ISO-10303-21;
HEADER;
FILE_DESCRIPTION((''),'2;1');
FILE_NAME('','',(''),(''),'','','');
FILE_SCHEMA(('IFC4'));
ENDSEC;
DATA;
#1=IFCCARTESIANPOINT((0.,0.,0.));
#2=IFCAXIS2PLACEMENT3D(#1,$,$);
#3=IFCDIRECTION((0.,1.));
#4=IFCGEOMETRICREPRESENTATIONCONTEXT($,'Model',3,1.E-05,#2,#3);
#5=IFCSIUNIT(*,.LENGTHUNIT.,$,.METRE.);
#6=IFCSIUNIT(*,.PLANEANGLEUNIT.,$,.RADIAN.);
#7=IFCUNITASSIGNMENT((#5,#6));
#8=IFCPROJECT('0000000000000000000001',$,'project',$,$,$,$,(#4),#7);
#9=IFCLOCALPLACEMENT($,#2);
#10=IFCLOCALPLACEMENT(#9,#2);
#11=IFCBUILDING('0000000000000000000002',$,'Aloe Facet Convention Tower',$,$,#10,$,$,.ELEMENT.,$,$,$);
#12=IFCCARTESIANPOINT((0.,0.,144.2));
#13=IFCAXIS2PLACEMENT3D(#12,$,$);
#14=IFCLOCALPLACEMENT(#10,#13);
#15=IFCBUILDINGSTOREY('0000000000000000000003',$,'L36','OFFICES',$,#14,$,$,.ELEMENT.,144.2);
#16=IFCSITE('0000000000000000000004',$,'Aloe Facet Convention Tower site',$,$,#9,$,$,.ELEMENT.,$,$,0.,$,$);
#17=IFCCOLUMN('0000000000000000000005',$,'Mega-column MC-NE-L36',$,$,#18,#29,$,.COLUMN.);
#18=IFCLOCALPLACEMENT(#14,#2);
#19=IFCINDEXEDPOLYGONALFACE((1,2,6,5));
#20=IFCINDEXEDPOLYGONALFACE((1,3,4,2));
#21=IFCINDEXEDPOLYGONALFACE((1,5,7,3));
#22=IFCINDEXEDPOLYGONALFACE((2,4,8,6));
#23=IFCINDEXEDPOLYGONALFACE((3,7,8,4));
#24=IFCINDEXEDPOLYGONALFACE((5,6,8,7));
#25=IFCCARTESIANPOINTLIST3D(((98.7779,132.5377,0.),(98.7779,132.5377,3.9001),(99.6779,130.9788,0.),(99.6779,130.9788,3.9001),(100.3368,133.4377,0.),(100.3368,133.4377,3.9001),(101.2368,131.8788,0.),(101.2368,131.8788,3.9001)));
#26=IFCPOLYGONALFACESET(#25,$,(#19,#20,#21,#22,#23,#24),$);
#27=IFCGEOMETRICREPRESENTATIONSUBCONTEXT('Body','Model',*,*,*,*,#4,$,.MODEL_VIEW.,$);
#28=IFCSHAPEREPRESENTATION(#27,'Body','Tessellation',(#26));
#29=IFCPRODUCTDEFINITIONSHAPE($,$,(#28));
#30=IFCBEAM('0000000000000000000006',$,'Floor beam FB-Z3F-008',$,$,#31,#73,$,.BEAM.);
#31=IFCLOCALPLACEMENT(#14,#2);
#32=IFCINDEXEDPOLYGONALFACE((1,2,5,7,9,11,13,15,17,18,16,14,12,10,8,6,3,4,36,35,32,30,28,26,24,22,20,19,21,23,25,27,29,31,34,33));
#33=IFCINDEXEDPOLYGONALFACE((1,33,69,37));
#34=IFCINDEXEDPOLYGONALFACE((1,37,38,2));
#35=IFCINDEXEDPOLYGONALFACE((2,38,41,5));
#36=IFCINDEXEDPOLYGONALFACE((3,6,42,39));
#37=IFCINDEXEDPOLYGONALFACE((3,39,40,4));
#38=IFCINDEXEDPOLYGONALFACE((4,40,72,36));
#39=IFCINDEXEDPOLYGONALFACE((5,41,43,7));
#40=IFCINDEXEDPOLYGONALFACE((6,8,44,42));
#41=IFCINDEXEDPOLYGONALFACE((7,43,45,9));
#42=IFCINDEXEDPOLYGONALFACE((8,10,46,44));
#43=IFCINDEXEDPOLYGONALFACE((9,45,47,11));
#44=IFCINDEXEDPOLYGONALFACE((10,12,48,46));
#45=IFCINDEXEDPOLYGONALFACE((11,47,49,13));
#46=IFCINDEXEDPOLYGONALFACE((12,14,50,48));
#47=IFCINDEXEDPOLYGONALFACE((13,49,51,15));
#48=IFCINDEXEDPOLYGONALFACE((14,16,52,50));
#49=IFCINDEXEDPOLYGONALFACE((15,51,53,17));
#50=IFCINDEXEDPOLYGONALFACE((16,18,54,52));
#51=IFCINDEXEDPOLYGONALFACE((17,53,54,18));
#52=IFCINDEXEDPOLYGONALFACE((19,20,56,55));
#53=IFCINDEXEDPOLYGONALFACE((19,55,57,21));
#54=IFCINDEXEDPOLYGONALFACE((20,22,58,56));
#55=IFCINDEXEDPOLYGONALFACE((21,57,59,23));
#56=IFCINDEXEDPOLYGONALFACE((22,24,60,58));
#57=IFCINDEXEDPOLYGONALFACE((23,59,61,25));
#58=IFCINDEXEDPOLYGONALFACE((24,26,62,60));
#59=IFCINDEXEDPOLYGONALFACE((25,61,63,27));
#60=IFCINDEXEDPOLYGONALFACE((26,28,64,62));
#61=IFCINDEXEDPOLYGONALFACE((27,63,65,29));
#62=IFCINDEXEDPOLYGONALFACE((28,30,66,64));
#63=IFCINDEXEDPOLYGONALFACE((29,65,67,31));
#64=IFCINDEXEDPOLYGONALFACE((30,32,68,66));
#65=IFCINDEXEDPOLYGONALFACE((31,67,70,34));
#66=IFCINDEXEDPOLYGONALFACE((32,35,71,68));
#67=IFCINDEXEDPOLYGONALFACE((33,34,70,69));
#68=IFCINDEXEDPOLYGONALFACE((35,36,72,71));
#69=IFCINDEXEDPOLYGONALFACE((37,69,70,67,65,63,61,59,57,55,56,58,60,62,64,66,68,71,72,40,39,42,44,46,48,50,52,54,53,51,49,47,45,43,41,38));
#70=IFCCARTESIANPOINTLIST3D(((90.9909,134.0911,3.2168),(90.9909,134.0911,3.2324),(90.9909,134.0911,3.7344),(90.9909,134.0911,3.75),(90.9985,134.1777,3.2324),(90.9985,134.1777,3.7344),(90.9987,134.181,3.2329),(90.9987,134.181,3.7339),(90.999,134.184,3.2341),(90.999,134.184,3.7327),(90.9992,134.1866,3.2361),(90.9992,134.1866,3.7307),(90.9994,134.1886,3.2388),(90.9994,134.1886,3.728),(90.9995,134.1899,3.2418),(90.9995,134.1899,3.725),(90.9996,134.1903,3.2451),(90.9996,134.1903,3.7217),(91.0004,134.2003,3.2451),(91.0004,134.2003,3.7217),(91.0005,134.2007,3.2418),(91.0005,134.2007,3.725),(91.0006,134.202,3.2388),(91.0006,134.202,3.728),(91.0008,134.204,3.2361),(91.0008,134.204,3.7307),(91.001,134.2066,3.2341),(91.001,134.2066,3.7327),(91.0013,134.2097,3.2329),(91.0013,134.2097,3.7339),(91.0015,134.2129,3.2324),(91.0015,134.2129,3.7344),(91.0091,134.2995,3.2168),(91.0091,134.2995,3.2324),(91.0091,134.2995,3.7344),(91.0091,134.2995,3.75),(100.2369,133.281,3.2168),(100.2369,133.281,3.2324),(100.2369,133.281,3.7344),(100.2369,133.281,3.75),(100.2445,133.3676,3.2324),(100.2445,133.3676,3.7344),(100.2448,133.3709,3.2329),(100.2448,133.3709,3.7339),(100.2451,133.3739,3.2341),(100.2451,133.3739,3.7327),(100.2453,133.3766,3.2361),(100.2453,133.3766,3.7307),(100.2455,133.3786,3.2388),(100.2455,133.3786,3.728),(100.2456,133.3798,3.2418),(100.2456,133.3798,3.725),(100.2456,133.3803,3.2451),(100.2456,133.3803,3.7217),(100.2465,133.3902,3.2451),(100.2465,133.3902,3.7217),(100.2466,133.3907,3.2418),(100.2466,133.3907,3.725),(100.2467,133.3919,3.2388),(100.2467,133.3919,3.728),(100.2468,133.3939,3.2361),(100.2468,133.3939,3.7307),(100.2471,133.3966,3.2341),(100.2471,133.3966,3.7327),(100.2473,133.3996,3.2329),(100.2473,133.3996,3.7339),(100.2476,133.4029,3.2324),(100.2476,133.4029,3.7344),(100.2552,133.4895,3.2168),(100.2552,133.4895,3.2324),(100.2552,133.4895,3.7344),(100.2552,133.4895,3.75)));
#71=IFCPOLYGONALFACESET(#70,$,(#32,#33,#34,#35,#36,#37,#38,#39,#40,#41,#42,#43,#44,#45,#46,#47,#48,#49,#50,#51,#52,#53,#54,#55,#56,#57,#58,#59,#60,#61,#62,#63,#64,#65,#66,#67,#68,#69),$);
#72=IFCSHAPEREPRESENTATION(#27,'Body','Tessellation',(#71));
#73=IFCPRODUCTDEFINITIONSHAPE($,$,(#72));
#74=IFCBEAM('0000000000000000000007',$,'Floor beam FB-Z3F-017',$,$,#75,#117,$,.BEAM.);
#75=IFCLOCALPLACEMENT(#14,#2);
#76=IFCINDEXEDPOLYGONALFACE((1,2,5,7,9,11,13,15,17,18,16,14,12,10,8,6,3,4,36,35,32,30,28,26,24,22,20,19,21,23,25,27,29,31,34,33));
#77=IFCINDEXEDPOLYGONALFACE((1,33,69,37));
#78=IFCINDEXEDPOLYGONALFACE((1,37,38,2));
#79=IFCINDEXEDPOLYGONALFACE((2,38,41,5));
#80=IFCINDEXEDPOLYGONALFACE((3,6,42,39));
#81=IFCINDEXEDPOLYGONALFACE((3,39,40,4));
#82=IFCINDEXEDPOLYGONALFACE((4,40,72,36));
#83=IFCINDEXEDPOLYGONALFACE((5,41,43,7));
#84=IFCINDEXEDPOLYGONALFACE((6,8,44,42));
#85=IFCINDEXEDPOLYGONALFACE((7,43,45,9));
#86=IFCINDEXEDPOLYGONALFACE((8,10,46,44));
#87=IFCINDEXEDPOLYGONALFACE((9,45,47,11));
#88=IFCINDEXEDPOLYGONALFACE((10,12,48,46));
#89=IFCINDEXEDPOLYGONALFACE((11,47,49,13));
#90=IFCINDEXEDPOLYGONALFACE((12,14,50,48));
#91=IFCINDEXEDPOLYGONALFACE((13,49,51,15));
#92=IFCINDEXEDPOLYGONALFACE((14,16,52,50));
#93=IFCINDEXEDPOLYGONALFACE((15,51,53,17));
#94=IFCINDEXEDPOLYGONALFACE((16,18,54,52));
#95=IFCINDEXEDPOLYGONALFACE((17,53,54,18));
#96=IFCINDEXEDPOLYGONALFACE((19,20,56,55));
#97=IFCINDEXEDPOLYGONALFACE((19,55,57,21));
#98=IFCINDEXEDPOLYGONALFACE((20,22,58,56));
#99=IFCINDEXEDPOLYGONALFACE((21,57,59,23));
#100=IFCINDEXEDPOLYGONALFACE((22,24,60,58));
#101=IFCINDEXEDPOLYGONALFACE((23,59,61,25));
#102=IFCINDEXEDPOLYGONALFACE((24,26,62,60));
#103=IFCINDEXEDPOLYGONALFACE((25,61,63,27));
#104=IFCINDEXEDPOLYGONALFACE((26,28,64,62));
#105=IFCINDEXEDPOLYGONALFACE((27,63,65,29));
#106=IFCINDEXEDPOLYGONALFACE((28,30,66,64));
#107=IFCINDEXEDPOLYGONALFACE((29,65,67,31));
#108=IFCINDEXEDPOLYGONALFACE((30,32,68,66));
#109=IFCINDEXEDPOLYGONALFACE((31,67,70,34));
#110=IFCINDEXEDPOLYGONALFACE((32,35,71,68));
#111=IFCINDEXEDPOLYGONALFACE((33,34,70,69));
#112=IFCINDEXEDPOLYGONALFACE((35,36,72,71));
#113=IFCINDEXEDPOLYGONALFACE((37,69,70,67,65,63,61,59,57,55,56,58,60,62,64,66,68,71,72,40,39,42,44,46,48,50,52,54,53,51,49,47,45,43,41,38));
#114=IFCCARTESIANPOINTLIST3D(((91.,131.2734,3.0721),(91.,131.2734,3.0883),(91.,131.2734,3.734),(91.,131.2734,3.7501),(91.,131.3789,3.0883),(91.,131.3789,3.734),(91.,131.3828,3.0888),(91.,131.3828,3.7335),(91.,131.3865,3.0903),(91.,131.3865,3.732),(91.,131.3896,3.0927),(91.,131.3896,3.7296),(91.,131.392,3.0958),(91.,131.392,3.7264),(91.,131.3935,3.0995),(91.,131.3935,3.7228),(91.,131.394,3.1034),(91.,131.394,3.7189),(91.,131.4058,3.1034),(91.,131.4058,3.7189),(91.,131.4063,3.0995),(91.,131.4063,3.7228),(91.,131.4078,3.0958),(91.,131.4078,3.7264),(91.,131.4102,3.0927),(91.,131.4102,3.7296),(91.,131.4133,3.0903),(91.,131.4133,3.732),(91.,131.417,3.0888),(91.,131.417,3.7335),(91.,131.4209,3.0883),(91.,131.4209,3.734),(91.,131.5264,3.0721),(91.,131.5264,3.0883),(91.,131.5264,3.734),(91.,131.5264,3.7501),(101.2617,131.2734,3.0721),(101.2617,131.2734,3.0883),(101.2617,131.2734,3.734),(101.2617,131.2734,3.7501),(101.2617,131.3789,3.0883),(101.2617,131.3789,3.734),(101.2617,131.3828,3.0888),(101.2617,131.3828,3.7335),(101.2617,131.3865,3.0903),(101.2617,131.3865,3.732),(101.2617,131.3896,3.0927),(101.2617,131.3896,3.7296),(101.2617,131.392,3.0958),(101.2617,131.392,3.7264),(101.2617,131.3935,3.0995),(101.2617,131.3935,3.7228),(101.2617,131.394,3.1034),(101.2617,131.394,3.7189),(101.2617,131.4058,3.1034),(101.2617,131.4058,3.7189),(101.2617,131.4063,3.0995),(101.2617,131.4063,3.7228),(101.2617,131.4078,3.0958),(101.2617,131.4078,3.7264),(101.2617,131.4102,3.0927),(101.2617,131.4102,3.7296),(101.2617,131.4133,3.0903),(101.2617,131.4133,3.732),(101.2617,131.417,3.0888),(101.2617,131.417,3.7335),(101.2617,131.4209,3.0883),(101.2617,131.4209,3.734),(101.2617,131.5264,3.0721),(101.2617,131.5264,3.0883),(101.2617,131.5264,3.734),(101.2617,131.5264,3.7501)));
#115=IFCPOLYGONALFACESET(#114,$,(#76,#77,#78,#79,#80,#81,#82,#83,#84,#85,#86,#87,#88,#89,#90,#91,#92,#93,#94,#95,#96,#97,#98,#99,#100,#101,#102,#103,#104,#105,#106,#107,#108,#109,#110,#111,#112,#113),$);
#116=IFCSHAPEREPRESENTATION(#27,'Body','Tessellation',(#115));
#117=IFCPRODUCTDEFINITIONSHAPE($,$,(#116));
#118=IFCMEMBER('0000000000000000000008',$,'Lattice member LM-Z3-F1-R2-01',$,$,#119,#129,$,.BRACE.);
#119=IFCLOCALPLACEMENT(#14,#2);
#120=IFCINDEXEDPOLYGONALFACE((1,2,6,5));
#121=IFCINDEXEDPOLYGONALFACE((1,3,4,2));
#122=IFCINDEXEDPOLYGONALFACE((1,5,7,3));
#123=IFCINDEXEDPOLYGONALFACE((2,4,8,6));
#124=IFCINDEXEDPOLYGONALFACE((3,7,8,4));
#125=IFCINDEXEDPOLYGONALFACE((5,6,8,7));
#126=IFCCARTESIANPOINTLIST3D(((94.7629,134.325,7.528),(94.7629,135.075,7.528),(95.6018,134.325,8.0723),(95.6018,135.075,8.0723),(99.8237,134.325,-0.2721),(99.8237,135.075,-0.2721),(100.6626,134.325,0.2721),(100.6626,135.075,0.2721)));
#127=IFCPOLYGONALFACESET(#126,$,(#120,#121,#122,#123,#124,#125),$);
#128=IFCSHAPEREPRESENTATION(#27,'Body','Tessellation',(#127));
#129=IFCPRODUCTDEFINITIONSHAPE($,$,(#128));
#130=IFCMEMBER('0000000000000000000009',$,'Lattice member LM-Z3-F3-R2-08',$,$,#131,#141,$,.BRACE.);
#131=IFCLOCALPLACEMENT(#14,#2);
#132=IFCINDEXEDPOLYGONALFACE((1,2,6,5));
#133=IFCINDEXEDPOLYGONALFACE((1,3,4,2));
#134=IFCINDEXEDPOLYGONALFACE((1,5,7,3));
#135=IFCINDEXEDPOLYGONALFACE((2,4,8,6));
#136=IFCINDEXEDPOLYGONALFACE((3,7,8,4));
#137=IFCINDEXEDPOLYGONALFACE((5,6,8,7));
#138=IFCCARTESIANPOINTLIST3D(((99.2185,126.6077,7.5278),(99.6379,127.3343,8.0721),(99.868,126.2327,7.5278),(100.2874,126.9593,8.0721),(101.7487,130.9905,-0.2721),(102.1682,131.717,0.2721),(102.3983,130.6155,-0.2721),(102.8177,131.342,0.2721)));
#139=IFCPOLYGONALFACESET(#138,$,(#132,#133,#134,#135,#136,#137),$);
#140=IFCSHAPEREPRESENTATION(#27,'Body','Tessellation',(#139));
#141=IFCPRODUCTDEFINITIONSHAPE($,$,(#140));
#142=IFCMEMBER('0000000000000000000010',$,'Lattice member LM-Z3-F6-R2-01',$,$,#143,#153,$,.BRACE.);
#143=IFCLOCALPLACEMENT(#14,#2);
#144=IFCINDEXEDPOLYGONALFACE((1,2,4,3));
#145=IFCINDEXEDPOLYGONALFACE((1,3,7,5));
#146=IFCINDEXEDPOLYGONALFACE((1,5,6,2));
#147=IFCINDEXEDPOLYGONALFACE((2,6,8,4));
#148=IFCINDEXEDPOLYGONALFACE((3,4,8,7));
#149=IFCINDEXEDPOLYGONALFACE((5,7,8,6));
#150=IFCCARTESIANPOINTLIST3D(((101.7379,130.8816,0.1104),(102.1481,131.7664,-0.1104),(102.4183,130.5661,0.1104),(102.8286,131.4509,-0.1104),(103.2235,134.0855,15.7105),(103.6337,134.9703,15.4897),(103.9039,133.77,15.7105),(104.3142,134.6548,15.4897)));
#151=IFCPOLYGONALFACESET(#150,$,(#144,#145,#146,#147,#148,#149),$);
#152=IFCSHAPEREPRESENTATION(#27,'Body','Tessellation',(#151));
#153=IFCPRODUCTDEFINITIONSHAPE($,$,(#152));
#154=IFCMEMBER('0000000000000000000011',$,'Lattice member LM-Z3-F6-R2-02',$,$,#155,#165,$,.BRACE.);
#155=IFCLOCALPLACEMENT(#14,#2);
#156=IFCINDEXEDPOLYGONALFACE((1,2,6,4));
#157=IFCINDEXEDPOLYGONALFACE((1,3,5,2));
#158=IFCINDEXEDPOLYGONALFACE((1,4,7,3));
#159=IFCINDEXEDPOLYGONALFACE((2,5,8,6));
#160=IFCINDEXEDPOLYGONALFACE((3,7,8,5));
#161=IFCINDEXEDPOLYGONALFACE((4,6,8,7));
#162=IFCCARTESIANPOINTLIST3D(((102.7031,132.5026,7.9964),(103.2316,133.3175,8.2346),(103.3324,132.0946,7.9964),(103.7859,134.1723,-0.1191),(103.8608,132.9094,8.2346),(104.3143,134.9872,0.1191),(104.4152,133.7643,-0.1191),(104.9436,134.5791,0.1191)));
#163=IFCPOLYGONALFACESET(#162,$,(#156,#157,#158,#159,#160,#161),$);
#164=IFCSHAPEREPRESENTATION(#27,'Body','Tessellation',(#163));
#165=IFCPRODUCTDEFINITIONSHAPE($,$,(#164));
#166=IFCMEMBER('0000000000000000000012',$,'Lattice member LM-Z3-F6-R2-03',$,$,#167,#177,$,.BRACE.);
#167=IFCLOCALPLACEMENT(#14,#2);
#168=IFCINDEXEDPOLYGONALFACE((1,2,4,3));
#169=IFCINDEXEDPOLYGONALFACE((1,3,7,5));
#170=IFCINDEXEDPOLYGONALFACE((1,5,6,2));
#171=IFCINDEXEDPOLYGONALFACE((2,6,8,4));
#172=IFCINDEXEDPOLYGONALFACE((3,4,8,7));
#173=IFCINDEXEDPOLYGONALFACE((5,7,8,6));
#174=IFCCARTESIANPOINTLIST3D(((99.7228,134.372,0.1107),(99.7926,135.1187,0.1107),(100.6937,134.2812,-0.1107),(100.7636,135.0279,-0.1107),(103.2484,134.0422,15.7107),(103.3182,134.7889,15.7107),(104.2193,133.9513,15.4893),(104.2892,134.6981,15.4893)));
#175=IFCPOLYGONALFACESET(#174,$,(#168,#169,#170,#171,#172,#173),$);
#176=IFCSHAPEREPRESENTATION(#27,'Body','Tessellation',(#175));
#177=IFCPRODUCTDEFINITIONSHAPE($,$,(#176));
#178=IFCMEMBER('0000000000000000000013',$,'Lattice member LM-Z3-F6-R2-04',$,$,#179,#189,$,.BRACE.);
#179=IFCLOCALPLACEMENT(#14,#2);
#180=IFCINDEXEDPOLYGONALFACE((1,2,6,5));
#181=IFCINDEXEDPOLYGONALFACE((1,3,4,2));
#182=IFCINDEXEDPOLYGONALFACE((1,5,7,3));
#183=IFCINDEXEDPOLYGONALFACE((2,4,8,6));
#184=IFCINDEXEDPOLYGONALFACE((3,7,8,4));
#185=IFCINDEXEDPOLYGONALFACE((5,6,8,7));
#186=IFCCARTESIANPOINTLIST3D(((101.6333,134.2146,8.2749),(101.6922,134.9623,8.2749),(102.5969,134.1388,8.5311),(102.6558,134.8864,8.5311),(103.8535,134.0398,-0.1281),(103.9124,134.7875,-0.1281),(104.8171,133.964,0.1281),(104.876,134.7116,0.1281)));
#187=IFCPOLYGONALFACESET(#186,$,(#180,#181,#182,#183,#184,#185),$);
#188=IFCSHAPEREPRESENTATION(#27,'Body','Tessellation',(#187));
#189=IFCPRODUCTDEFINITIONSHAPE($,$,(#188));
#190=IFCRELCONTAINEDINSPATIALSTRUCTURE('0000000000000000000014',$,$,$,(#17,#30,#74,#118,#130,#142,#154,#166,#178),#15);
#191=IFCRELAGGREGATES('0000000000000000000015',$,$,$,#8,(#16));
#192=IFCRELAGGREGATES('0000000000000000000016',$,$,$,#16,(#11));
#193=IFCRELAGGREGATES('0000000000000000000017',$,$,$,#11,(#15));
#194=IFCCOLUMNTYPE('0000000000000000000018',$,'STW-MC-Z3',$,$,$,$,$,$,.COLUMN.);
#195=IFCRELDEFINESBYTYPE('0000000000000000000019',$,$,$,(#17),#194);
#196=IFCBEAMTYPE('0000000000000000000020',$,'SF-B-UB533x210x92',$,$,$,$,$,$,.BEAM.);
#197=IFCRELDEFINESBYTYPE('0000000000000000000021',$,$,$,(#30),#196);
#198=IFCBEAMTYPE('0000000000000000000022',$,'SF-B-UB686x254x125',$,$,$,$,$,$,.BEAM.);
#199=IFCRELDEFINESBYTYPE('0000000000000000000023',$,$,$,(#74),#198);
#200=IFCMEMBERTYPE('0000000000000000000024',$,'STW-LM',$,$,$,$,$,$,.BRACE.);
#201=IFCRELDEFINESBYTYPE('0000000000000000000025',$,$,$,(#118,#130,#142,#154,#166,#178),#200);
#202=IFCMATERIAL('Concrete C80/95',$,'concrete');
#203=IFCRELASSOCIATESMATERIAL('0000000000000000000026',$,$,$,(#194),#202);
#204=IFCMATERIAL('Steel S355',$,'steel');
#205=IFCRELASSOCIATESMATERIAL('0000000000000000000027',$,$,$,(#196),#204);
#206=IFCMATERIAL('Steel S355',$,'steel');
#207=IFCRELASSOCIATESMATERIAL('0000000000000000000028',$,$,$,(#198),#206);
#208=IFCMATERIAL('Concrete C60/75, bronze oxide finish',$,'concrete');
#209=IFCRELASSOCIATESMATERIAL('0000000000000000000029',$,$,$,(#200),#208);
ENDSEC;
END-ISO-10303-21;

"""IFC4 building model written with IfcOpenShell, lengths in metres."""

from ifc_helpers import new_model, si_unit, direction, frame, origin, origin_2d, place, context, subcontext, project, spatial, rectangle, i_section, extrude, material, material_profile, profile_set, type_object, element, save


model = new_model("IFC4")

# Units and contexts
model_context = context("Model", 3, precision=1e-05, world=origin(), true_north=direction((0.0, 1.0)))
body_context = subcontext(model_context, "Body", "Model", "MODEL_VIEW")
ifc_project = project(units=[si_unit("LENGTHUNIT", "METRE"), si_unit("PLANEANGLEUNIT", "RADIAN")], contexts=[model_context])

# Site, building, storey
site_placement = place(None, origin())
site = spatial("IfcSite", under=ifc_project, at=site_placement, Name="Aloe Facet Convention Tower site", CompositionType="ELEMENT", RefElevation=0.0)
building_placement = place(site_placement, origin())
building = spatial("IfcBuilding", under=site, at=building_placement, Name="Aloe Facet Convention Tower", CompositionType="ELEMENT")
storey_placement = place(building_placement, frame((0.0, 0.0, 144.2)))
storey = spatial("IfcBuildingStorey", under=building, at=storey_placement, Name="L36", Description="OFFICES", CompositionType="ELEMENT", Elevation=144.2)

# Column
ifc_material_1 = material(Name="Concrete C80/95", Category="concrete")
ifc_material_profile_1 = material_profile(ifc_material_1, rectangle(XDim=1.8, YDim=1.8, at=origin_2d()), Name="STW-MC-Z3")
ifc_profile_set_1 = profile_set([ifc_material_profile_1], Name="Concrete C80/95")
column_type = type_object("IfcColumnType", Name="STW-MC-Z3", PredefinedType="COLUMN", material=ifc_profile_set_1)
column_placement = place(storey_placement, frame((100.0073, 132.2083, 0.0), z_axis=(0.0, 0.0, 1.0), x_axis=(-0.5, 0.866025, 0.0)))
element("IfcColumn", 1, at=column_placement, inside=storey, type_object=column_type, Name="Mega-column MC-NE-L36", PredefinedType="COLUMN", context=body_context, shape_type="SweptSolid", body=[
    extrude(rectangle(XDim=1.8, YDim=1.8, at=origin_2d()), origin(), (0.0, 0.0, 1.0), 3.9001),
])

# Beams
ifc_material_2 = material(Name="Steel S355", Category="steel")
ifc_material_profile_2 = material_profile(ifc_material_2, i_section(OverallWidth=0.2092, OverallDepth=0.5332, WebThickness=0.01, FlangeThickness=0.0156, FilletRadius=0.0127, at=origin_2d()), Name="UB 533x210x92")
ifc_profile_set_2 = profile_set([ifc_material_profile_2], Name="Steel S355")
beam_type_1 = type_object("IfcBeamType", Name="SF-B-UB533x210x92", PredefinedType="BEAM", material=ifc_profile_set_2)
beam_1_placement = place(storey_placement, frame((91.0, 134.1953, 3.4834), z_axis=(0.996184, -0.087277, 0.0), x_axis=(0.087277, 0.996184, 0.0)))
element("IfcBeam", 2, at=beam_1_placement, inside=storey, type_object=beam_type_1, Name="Floor beam FB-Z3F-008", PredefinedType="BEAM", context=body_context, shape_type="SweptSolid", body=[
    extrude(i_section(OverallWidth=0.2092, OverallDepth=0.5332, WebThickness=0.01, FlangeThickness=0.0156, FilletRadius=0.0127, at=origin_2d()), origin(), (0.0, 0.0, 1.0), 9.2815),
])
ifc_material_3 = material(Name="Steel S355", Category="steel")
ifc_material_profile_3 = material_profile(ifc_material_3, i_section(OverallWidth=0.2529, OverallDepth=0.678, WebThickness=0.0117, FlangeThickness=0.0161, FilletRadius=0.0151, at=origin_2d()), Name="UB 686x254x125")
ifc_profile_set_3 = profile_set([ifc_material_profile_3], Name="Steel S355")
beam_type_2 = type_object("IfcBeamType", Name="SF-B-UB686x254x125", PredefinedType="BEAM", material=ifc_profile_set_3)
beam_2_placement = place(storey_placement, frame((91.0, 131.3999, 3.4111), z_axis=(1.0, 0.0, 0.0), x_axis=(0.0, 1.0, 0.0)))
element("IfcBeam", 3, at=beam_2_placement, inside=storey, type_object=beam_type_2, Name="Floor beam FB-Z3F-017", PredefinedType="BEAM", context=body_context, shape_type="SweptSolid", body=[
    extrude(i_section(OverallWidth=0.2529, OverallDepth=0.678, WebThickness=0.0117, FlangeThickness=0.0161, FilletRadius=0.0151, at=origin_2d()), origin(), (0.0, 0.0, 1.0), 10.2617),
])

# Members
ifc_material_4 = material(Name="Concrete C60/75, bronze oxide finish", Category="concrete")
ifc_material_profile_4 = material_profile(ifc_material_4, rectangle(XDim=0.75, YDim=1.0, at=origin_2d()), Name="STW-LM")
ifc_profile_set_4 = profile_set([ifc_material_profile_4], Name="Concrete C60/75, bronze oxide finish")
member_type = type_object("IfcMemberType", Name="STW-LM", PredefinedType="BRACE", material=ifc_profile_set_4)
member_1_placement = place(storey_placement, frame((100.2432, 134.7, 0.0), z_axis=(-0.54429, 0.0, 0.838897), x_axis=(0.0, -1.0, 0.0)))
element("IfcMember", 4, at=member_1_placement, inside=storey, type_object=member_type, Name="Lattice member LM-Z3-F1-R2-01", PredefinedType="BRACE", context=body_context, shape_type="SweptSolid", body=[
    extrude(rectangle(XDim=0.75, YDim=1.0, at=origin_2d()), origin(), (0.0, 0.0, 1.0), 9.2981),
])
member_2_placement = place(storey_placement, frame((102.2832, 131.1663, 0.0), z_axis=(-0.272132, -0.471373, 0.838899), x_axis=(0.866038, -0.499979, 0.0)))
element("IfcMember", 5, at=member_2_placement, inside=storey, type_object=member_type, Name="Lattice member LM-Z3-F3-R2-08", PredefinedType="BRACE", context=body_context, shape_type="SweptSolid", body=[
    extrude(rectangle(XDim=0.75, YDim=1.0, at=origin_2d()), origin(), (0.0, 0.0, 1.0), 9.2979),
])
member_3_placement = place(storey_placement, frame((102.2832, 131.1663, 0.0), z_axis=(0.09288, 0.200306, 0.975321), x_axis=(-0.907215, 0.420666, 0.0)))
element("IfcMember", 6, at=member_3_placement, inside=storey, type_object=member_type, Name="Lattice member LM-Z3-F6-R2-01", PredefinedType="BRACE", context=body_context, shape_type="SweptSolid", body=[
    extrude(rectangle(XDim=0.75, YDim=1.0, at=origin_2d()), origin(), (0.0, 0.0, 1.0), 15.9949),
])
member_4_placement = place(storey_placement, frame((104.3647, 134.3757, 0.0), z_axis=(-0.129581, -0.19982, 0.971226), x_axis=(0.839023, -0.544095, 0.0)))
element("IfcMember", 7, at=member_4_placement, inside=storey, type_object=member_type, Name="Lattice member LM-Z3-F6-R2-02", PredefinedType="BRACE", context=body_context, shape_type="SweptSolid", body=[
    extrude(rectangle(XDim=0.75, YDim=1.0, at=origin_2d()), origin(), (0.0, 0.0, 1.0), 8.356),
])
member_5_placement = place(storey_placement, frame((100.2432, 134.7, 0.0), z_axis=(0.220394, -0.020619, 0.975193), x_axis=(0.093146, 0.995652, 0.0)))
element("IfcMember", 8, at=member_5_placement, inside=storey, type_object=member_type, Name="Lattice member LM-Z3-F6-R2-03", PredefinedType="BRACE", context=body_context, shape_type="SweptSolid", body=[
    extrude(rectangle(XDim=0.75, YDim=1.0, at=origin_2d()), origin(), (0.0, 0.0, 1.0), 15.9968),
])
member_6_placement = place(storey_placement, frame((104.3647, 134.3757, 0.0), z_axis=(-0.255397, 0.020108, 0.966627), x_axis=(-0.07849, -0.996915, 0.0)))
element("IfcMember", 9, at=member_6_placement, inside=storey, type_object=member_type, Name="Lattice member LM-Z3-F6-R2-04", PredefinedType="BRACE", context=body_context, shape_type="SweptSolid", body=[
    extrude(rectangle(XDim=0.75, YDim=1.0, at=origin_2d()), origin(), (0.0, 0.0, 1.0), 8.6931),
])

save(model, "model.ifc")
